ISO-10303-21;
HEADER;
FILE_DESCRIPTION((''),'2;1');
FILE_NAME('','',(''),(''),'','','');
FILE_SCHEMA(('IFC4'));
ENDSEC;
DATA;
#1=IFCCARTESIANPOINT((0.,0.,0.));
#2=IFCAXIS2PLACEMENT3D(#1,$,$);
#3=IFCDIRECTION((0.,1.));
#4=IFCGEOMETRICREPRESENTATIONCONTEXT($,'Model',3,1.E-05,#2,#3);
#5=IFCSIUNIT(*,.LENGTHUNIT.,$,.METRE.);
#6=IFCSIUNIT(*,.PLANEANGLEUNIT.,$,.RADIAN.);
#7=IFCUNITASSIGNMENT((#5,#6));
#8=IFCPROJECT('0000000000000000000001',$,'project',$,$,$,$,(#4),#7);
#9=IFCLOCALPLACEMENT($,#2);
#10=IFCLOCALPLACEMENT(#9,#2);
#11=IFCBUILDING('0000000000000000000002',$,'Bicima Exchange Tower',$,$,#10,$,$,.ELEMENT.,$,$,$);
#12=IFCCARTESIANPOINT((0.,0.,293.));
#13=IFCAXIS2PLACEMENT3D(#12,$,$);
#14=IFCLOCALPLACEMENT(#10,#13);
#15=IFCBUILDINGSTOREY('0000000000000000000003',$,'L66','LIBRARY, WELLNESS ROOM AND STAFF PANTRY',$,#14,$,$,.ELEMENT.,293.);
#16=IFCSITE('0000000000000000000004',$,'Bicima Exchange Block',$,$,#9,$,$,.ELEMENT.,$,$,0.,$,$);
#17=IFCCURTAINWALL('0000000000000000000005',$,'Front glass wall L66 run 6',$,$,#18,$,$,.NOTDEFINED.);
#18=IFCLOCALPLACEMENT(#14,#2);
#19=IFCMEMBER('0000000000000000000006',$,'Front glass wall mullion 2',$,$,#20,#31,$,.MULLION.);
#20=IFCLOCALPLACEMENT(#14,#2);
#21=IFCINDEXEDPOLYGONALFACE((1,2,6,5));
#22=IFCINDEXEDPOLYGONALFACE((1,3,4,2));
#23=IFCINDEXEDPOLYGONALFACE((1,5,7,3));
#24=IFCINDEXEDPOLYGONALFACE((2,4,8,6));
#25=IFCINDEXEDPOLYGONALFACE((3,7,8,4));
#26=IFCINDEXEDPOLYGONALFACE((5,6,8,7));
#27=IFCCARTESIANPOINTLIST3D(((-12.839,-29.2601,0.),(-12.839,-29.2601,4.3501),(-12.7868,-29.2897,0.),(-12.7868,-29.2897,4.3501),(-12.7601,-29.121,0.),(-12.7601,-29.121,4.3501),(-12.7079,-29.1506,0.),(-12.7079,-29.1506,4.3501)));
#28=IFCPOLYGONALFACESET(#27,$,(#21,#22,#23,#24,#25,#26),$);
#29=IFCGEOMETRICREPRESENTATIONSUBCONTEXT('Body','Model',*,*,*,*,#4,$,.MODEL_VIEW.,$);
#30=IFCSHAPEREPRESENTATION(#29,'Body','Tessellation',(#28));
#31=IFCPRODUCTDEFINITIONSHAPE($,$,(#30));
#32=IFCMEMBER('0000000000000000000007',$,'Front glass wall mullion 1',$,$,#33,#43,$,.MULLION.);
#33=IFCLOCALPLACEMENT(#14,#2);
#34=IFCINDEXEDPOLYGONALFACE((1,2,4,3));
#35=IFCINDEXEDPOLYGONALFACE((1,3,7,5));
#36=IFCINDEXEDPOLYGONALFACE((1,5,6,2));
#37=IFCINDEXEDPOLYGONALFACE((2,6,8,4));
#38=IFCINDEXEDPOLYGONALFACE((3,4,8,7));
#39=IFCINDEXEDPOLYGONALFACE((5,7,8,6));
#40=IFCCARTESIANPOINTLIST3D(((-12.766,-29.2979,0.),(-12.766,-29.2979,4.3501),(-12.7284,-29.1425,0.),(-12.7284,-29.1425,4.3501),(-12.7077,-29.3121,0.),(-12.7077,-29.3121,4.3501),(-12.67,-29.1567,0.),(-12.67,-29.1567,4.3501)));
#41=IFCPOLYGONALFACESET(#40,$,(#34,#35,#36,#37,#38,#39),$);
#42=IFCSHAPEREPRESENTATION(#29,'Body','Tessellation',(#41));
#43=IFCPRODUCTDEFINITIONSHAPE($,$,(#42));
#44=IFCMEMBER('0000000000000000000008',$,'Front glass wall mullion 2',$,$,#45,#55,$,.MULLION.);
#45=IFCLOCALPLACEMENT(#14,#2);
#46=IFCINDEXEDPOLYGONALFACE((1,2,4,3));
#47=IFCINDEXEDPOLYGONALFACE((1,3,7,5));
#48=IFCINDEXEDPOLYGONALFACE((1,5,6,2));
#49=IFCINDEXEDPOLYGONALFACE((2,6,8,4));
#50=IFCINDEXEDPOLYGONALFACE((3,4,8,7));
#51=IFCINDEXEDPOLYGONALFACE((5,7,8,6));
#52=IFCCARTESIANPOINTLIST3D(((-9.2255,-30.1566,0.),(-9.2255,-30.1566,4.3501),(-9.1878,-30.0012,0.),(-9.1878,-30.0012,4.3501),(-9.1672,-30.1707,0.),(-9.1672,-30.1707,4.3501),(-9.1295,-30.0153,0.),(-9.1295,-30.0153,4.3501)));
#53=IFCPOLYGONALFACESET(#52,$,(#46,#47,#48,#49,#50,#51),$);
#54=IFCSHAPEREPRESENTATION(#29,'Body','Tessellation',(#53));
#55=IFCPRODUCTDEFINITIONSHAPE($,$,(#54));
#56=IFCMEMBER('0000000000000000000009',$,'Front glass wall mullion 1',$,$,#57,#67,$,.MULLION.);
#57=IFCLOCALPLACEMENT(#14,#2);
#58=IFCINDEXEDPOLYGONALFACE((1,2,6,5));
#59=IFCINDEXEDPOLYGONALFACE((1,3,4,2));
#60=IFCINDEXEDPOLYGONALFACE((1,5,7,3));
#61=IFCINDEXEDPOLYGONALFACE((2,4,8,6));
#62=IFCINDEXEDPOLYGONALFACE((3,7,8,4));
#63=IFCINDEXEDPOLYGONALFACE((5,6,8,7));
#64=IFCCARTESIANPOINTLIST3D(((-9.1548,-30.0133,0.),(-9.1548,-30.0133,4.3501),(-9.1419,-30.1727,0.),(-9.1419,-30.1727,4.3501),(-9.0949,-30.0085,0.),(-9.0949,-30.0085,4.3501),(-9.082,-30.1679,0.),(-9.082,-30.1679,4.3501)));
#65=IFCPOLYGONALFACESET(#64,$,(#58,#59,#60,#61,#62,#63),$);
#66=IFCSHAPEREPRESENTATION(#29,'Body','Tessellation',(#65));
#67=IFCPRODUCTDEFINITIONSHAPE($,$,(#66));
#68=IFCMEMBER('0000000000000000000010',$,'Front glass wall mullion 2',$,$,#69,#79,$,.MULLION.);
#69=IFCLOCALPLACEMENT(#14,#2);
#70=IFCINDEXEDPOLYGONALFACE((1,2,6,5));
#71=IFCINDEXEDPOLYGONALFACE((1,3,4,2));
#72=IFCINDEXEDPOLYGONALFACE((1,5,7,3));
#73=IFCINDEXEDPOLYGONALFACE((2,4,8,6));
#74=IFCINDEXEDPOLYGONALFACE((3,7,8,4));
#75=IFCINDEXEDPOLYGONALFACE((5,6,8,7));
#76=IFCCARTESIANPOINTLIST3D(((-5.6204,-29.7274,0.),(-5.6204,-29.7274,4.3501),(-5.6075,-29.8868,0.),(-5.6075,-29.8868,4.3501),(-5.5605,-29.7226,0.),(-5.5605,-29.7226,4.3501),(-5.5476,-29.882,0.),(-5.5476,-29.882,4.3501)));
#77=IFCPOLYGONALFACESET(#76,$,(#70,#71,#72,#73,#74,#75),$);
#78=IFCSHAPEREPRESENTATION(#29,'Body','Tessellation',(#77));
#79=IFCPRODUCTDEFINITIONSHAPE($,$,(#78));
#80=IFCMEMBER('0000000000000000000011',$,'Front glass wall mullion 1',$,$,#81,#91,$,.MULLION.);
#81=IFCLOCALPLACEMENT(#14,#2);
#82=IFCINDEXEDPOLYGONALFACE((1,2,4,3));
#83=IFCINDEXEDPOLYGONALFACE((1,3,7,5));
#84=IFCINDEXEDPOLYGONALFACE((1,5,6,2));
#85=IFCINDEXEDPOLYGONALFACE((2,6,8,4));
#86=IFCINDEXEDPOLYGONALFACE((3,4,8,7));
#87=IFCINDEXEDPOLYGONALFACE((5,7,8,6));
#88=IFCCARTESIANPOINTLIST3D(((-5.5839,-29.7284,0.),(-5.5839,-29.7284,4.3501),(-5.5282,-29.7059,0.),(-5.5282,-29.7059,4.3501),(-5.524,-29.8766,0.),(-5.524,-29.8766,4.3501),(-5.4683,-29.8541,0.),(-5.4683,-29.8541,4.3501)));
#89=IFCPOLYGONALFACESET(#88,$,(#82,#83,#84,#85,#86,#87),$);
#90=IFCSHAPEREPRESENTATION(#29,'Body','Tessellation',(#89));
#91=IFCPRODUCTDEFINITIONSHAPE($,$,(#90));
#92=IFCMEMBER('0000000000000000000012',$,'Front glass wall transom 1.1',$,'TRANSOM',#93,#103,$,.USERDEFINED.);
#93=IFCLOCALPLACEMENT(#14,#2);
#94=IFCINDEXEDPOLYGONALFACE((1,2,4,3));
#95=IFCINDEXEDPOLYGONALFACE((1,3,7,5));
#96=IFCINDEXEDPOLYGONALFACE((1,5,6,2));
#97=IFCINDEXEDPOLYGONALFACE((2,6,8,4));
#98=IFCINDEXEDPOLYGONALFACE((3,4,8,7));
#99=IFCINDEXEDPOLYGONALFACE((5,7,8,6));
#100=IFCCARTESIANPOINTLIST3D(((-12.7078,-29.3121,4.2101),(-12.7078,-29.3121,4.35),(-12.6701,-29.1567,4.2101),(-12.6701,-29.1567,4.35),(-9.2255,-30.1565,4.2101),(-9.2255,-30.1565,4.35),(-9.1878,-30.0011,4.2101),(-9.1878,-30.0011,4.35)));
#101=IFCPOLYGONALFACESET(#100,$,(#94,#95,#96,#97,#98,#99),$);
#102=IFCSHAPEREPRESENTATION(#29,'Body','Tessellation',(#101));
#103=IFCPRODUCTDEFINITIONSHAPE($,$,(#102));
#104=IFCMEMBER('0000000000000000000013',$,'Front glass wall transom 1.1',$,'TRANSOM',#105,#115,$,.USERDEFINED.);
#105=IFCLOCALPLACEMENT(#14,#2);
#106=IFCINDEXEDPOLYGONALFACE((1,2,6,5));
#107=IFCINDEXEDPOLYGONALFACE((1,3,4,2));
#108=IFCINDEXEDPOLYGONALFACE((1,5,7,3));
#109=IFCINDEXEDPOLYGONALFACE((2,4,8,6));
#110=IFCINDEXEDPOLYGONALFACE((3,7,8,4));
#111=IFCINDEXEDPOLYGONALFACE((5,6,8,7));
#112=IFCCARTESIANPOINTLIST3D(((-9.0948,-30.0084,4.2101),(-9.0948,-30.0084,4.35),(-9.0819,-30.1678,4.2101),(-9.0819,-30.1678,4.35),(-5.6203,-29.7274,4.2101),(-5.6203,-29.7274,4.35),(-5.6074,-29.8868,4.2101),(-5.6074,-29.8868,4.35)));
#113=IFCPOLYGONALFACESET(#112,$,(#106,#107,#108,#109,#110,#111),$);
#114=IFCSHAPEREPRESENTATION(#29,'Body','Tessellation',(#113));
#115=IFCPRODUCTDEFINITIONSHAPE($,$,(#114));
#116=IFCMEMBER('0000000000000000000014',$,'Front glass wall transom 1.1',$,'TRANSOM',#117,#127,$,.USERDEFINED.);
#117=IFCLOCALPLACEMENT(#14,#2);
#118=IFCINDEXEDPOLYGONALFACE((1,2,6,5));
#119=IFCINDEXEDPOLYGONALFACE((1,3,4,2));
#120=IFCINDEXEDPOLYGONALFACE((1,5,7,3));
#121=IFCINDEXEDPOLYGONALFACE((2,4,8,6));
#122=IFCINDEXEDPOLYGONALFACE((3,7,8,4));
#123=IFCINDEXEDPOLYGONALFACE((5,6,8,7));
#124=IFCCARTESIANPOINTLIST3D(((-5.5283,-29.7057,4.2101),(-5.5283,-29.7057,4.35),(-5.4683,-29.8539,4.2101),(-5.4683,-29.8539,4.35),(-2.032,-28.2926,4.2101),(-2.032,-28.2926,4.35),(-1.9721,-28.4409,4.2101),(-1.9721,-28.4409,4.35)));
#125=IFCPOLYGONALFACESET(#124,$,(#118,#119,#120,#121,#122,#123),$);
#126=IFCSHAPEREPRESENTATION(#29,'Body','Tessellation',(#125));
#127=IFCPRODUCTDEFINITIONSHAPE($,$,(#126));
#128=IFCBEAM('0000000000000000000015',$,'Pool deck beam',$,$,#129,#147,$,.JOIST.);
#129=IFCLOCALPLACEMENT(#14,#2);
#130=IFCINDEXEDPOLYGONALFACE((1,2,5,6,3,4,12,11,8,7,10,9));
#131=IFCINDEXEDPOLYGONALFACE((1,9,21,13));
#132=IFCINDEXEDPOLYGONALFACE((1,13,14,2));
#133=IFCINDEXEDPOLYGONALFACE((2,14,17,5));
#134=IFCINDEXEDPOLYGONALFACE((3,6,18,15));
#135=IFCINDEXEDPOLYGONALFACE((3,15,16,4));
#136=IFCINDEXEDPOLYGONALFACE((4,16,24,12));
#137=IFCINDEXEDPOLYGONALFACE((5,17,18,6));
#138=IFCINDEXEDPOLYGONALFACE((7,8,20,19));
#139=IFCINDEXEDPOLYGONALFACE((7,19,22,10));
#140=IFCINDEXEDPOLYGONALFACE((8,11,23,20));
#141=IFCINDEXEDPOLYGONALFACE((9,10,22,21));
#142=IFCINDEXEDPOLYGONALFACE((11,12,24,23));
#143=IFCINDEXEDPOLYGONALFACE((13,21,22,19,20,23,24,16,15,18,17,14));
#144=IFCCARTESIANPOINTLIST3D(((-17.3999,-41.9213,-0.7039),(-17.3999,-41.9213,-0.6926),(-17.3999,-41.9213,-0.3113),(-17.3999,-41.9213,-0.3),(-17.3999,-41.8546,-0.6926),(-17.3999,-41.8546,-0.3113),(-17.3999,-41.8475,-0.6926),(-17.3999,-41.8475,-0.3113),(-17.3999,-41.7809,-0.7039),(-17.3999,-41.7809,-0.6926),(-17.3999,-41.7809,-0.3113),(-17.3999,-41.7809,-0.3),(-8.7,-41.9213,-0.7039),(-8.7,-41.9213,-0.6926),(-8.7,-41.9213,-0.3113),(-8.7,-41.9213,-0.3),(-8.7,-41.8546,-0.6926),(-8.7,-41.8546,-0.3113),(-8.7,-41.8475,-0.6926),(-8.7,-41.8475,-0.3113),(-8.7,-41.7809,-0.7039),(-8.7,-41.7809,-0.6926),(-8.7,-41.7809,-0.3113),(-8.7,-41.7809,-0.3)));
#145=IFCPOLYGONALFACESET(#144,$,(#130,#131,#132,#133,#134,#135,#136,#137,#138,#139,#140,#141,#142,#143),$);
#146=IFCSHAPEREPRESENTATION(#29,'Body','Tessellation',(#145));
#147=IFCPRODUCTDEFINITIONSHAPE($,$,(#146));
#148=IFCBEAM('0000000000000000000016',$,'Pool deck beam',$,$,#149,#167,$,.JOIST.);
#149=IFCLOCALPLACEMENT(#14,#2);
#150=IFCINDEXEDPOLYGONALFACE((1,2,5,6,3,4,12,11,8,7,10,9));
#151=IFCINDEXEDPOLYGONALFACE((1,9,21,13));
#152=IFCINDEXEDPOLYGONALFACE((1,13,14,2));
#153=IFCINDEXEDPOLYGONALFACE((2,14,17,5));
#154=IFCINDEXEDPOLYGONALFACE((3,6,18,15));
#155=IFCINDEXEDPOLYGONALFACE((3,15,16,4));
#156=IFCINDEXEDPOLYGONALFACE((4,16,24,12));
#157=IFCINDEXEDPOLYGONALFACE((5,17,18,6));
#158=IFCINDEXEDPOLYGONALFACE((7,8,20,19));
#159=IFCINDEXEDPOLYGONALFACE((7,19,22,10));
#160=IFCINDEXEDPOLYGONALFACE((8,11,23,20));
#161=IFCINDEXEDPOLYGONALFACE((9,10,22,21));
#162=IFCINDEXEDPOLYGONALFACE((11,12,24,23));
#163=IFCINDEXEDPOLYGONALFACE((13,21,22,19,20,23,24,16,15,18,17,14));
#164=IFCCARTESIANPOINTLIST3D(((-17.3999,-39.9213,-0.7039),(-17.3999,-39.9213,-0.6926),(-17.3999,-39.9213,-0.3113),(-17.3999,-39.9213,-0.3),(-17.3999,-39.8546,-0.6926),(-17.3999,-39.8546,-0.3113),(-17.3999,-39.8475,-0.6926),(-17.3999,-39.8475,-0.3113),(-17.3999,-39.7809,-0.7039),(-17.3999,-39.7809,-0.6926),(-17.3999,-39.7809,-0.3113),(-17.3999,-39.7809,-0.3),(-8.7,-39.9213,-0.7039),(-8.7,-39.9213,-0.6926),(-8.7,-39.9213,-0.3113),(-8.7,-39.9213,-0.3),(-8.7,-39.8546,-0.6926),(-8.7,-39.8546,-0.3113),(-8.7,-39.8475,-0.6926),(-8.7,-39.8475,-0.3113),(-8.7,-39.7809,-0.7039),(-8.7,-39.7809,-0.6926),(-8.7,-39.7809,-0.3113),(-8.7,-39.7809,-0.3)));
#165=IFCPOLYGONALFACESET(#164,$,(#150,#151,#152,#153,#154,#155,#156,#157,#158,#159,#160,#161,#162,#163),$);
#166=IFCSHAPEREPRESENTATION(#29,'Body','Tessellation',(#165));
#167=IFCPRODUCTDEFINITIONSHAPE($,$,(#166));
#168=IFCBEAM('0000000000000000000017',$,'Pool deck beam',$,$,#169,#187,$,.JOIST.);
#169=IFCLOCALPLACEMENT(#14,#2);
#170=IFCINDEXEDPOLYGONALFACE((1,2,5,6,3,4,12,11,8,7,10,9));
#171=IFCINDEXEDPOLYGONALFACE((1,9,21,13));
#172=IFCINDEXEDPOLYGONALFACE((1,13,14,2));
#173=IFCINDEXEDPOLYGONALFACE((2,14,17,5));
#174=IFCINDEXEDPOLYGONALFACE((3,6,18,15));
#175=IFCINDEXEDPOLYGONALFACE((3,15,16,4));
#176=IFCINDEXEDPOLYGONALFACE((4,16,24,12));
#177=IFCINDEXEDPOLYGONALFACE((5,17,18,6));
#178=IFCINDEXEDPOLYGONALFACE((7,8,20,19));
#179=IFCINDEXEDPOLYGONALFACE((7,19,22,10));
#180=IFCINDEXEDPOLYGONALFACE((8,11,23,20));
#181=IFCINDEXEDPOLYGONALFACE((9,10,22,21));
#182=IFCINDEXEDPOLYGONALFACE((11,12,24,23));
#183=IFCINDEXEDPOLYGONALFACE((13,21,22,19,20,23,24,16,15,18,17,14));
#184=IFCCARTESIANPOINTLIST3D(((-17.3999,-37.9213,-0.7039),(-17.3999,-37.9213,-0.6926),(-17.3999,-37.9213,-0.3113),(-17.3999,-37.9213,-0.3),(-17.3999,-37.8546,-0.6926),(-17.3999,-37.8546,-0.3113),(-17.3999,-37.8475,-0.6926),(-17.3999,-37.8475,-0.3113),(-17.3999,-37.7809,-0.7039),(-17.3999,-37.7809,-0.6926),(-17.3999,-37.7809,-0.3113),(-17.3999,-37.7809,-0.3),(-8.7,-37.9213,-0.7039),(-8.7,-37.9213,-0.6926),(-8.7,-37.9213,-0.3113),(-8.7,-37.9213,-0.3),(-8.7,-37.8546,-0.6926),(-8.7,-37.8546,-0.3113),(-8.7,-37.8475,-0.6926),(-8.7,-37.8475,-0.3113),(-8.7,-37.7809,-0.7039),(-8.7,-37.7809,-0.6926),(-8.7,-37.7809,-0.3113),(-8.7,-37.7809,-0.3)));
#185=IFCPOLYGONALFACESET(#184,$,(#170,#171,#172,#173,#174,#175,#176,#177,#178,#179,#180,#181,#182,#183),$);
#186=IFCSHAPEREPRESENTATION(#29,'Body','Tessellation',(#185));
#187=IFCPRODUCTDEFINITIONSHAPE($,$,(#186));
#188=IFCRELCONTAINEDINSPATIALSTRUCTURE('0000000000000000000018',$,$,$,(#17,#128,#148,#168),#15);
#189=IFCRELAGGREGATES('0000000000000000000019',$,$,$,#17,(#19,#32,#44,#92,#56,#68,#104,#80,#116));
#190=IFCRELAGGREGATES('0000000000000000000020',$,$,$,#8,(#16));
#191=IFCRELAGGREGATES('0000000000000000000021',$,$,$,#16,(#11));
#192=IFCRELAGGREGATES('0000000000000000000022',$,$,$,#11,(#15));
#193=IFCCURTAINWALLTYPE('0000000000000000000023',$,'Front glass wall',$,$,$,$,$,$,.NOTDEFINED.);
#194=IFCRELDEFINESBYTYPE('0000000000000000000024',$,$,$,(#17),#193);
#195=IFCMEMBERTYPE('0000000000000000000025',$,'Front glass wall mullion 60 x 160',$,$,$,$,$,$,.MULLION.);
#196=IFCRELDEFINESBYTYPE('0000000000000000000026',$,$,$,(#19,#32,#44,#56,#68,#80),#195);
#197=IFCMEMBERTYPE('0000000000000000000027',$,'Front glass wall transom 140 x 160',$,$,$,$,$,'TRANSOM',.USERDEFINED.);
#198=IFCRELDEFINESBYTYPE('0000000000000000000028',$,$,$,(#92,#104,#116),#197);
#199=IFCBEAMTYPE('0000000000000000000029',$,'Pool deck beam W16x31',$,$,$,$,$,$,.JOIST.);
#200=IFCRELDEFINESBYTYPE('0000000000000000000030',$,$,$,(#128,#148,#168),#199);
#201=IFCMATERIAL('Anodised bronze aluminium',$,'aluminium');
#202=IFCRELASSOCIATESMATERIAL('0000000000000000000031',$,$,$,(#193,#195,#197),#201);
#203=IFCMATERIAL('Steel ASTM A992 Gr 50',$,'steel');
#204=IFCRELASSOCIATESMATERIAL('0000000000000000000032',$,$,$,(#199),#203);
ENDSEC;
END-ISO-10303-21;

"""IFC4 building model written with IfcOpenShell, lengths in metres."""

from ifc_helpers import new_model, si_unit, direction, frame, origin, origin_2d, place, context, subcontext, project, spatial, rectangle, i_section, extrude, material, material_profile, profile_set, type_object, element, aggregate, save


model = new_model("IFC4")

# Units and contexts
model_context = context("Model", 3, precision=1e-05, world=origin(), true_north=direction((0.0, 1.0)))
body_context = subcontext(model_context, "Body", "Model", "MODEL_VIEW")
ifc_project = project(units=[si_unit("LENGTHUNIT", "METRE"), si_unit("PLANEANGLEUNIT", "RADIAN")], contexts=[model_context])

# Site, building, storey
site_placement = place(None, origin())
site = spatial("IfcSite", under=ifc_project, at=site_placement, Name="Bicima Exchange Block", CompositionType="ELEMENT", RefElevation=0.0)
building_placement = place(site_placement, origin())
building = spatial("IfcBuilding", under=site, at=building_placement, Name="Bicima Exchange Tower", CompositionType="ELEMENT")
storey_placement = place(building_placement, frame((0.0, 0.0, 293.0)))
storey = spatial("IfcBuildingStorey", under=building, at=storey_placement, Name="L66", Description="LIBRARY, WELLNESS ROOM AND STAFF PANTRY", CompositionType="ELEMENT", Elevation=293.0)

# Curtain wall, members
ifc_material_1 = material(Name="Anodised bronze aluminium", Category="aluminium")
curtain_wall_type = type_object("IfcCurtainWallType", Name="Front glass wall", PredefinedType="NOTDEFINED", material=ifc_material_1)
curtain_wall_placement = place(storey_placement, origin())
curtain_wall = element("IfcCurtainWall", 1, at=curtain_wall_placement, inside=storey, type_object=curtain_wall_type, Name="Front glass wall L66 run 6", PredefinedType="NOTDEFINED")
ifc_material_profile_1 = material_profile(ifc_material_1, rectangle(XDim=0.1599, YDim=0.0601, at=origin_2d()))
ifc_profile_set_1 = profile_set([ifc_material_profile_1], Name="Anodised bronze aluminium")
member_type_1 = type_object("IfcMemberType", Name="Front glass wall mullion 60 x 160", PredefinedType="MULLION", material=ifc_profile_set_1)
member_1_placement = place(storey_placement, frame((-12.7734, -29.2053, 0.0), z_axis=(0.0, 0.0, 1.0), x_axis=(0.493395, 0.869805, 0.0)))
member_1 = element("IfcMember", 2, at=member_1_placement, type_object=member_type_1, Name="Front glass wall mullion 2", PredefinedType="MULLION", context=body_context, shape_type="SweptSolid", body=[
    extrude(rectangle(XDim=0.1599, YDim=0.0601, at=origin_2d()), origin(), (0.0, 0.0, 1.0), 4.3501),
])
member_2_placement = place(storey_placement, frame((-12.718, -29.2273, 0.0), z_axis=(0.0, 0.0, 1.0), x_axis=(0.235682, 0.97183, 0.0)))
member_2 = element("IfcMember", 3, at=member_2_placement, type_object=member_type_1, Name="Front glass wall mullion 1", PredefinedType="MULLION", context=body_context, shape_type="SweptSolid", body=[
    extrude(rectangle(XDim=0.1599, YDim=0.0601, at=origin_2d()), origin(), (0.0, 0.0, 1.0), 4.3501),
])
member_3_placement = place(storey_placement, frame((-9.1775, -30.0859, 0.0), z_axis=(0.0, 0.0, 1.0), x_axis=(0.235682, 0.97183, 0.0)))
member_3 = element("IfcMember", 4, at=member_3_placement, type_object=member_type_1, Name="Front glass wall mullion 2", PredefinedType="MULLION", context=body_context, shape_type="SweptSolid", body=[
    extrude(rectangle(XDim=0.1599, YDim=0.0601, at=origin_2d()), origin(), (0.0, 0.0, 1.0), 4.3501),
])
member_4_placement = place(storey_placement, frame((-9.1184, -30.0906, 0.0), z_axis=(0.0, 0.0, 1.0), x_axis=(-0.080589, 0.996747, 0.0)))
member_4 = element("IfcMember", 5, at=member_4_placement, type_object=member_type_1, Name="Front glass wall mullion 1", PredefinedType="MULLION", context=body_context, shape_type="SweptSolid", body=[
    extrude(rectangle(XDim=0.1599, YDim=0.0601, at=origin_2d()), origin(), (0.0, 0.0, 1.0), 4.3501),
])
member_5_placement = place(storey_placement, frame((-5.584, -29.8047, 0.0), z_axis=(0.0, 0.0, 1.0), x_axis=(-0.080589, 0.996747, 0.0)))
member_5 = element("IfcMember", 6, at=member_5_placement, type_object=member_type_1, Name="Front glass wall mullion 2", PredefinedType="MULLION", context=body_context, shape_type="SweptSolid", body=[
    extrude(rectangle(XDim=0.1599, YDim=0.0601, at=origin_2d()), origin(), (0.0, 0.0, 1.0), 4.3501),
])
member_6_placement = place(storey_placement, frame((-5.5261, -29.7913, 0.0), z_axis=(0.0, 0.0, 1.0), x_axis=(-0.374705, 0.927144, 0.0)))
member_6 = element("IfcMember", 7, at=member_6_placement, type_object=member_type_1, Name="Front glass wall mullion 1", PredefinedType="MULLION", context=body_context, shape_type="SweptSolid", body=[
    extrude(rectangle(XDim=0.1599, YDim=0.0601, at=origin_2d()), origin(), (0.0, 0.0, 1.0), 4.3501),
])
ifc_material_profile_2 = material_profile(ifc_material_1, rectangle(XDim=0.1599, YDim=0.1399, at=origin_2d()))
ifc_profile_set_2 = profile_set([ifc_material_profile_2], Name="Anodised bronze aluminium")
member_type_2 = type_object("IfcMemberType", Name="Front glass wall transom 140 x 160", ElementType="TRANSOM", PredefinedType="USERDEFINED", material=ifc_profile_set_2)
member_7_placement = place(storey_placement, frame((-12.689, -29.2344, 4.28), z_axis=(0.971834, -0.235668, 0.0), x_axis=(0.235668, 0.971834, 0.0)))
member_7 = element("IfcMember", 8, at=member_7_placement, type_object=member_type_2, Name="Front glass wall transom 1.1", ObjectType="TRANSOM", PredefinedType="USERDEFINED", context=body_context, shape_type="SweptSolid", body=[
    extrude(rectangle(XDim=0.1599, YDim=0.1399, at=origin_2d()), origin(), (0.0, 0.0, 1.0), 3.5833),
])
member_8_placement = place(storey_placement, frame((-9.0884, -30.0881, 4.28), z_axis=(0.996746, 0.080611, 0.0), x_axis=(-0.080611, 0.996746, 0.0)))
member_8 = element("IfcMember", 9, at=member_8_placement, type_object=member_type_2, Name="Front glass wall transom 1.1", ObjectType="TRANSOM", PredefinedType="USERDEFINED", context=body_context, shape_type="SweptSolid", body=[
    extrude(rectangle(XDim=0.1599, YDim=0.1399, at=origin_2d()), origin(), (0.0, 0.0, 1.0), 3.4858),
])
member_9_placement = place(storey_placement, frame((-5.4983, -29.7798, 4.28), z_axis=(0.92714, 0.374715, 0.0), x_axis=(-0.374715, 0.92714, 0.0)))
member_9 = element("IfcMember", 10, at=member_9_placement, type_object=member_type_2, Name="Front glass wall transom 1.1", ObjectType="TRANSOM", PredefinedType="USERDEFINED", context=body_context, shape_type="SweptSolid", body=[
    extrude(rectangle(XDim=0.1599, YDim=0.1399, at=origin_2d()), origin(), (0.0, 0.0, 1.0), 3.771),
])

# Beams
ifc_material_2 = material(Name="Steel ASTM A992 Gr 50", Category="steel")
ifc_material_profile_3 = material_profile(ifc_material_2, i_section(OverallWidth=0.1404, OverallDepth=0.4038, WebThickness=0.0071, FlangeThickness=0.0112, at=origin_2d()))
ifc_profile_set_3 = profile_set([ifc_material_profile_3], Name="Steel ASTM A992 Gr 50")
beam_type = type_object("IfcBeamType", Name="Pool deck beam W16x31", PredefinedType="JOIST", material=ifc_profile_set_3)
for number, where, z_axis, x_axis, name in (
    (11, (-17.3999, -41.8511, -0.502), (1.0, 0.0, 0.0), (0.0, 1.0, 0.0), "Pool deck beam"),
    (12, (-17.3999, -39.8511, -0.502), (1.0, 0.0, 0.0), (0.0, 1.0, 0.0), "Pool deck beam"),
    (13, (-17.3999, -37.8511, -0.502), (1.0, 0.0, 0.0), (0.0, 1.0, 0.0), "Pool deck beam"),
):
    element("IfcBeam", number, at=place(storey_placement, frame(where, z_axis=z_axis, x_axis=x_axis)), inside=storey, type_object=beam_type, Name=name, PredefinedType="JOIST", context=body_context, shape_type="SweptSolid", body=[
        extrude(i_section(OverallWidth=0.1404, OverallDepth=0.4038, WebThickness=0.0071, FlangeThickness=0.0112, at=origin_2d()), origin(), (0.0, 0.0, 1.0), 8.7),
    ])

aggregate(curtain_wall, [member_1, member_2, member_3, member_7, member_4, member_5, member_8, member_6, member_9])

save(model, "model.ifc")
